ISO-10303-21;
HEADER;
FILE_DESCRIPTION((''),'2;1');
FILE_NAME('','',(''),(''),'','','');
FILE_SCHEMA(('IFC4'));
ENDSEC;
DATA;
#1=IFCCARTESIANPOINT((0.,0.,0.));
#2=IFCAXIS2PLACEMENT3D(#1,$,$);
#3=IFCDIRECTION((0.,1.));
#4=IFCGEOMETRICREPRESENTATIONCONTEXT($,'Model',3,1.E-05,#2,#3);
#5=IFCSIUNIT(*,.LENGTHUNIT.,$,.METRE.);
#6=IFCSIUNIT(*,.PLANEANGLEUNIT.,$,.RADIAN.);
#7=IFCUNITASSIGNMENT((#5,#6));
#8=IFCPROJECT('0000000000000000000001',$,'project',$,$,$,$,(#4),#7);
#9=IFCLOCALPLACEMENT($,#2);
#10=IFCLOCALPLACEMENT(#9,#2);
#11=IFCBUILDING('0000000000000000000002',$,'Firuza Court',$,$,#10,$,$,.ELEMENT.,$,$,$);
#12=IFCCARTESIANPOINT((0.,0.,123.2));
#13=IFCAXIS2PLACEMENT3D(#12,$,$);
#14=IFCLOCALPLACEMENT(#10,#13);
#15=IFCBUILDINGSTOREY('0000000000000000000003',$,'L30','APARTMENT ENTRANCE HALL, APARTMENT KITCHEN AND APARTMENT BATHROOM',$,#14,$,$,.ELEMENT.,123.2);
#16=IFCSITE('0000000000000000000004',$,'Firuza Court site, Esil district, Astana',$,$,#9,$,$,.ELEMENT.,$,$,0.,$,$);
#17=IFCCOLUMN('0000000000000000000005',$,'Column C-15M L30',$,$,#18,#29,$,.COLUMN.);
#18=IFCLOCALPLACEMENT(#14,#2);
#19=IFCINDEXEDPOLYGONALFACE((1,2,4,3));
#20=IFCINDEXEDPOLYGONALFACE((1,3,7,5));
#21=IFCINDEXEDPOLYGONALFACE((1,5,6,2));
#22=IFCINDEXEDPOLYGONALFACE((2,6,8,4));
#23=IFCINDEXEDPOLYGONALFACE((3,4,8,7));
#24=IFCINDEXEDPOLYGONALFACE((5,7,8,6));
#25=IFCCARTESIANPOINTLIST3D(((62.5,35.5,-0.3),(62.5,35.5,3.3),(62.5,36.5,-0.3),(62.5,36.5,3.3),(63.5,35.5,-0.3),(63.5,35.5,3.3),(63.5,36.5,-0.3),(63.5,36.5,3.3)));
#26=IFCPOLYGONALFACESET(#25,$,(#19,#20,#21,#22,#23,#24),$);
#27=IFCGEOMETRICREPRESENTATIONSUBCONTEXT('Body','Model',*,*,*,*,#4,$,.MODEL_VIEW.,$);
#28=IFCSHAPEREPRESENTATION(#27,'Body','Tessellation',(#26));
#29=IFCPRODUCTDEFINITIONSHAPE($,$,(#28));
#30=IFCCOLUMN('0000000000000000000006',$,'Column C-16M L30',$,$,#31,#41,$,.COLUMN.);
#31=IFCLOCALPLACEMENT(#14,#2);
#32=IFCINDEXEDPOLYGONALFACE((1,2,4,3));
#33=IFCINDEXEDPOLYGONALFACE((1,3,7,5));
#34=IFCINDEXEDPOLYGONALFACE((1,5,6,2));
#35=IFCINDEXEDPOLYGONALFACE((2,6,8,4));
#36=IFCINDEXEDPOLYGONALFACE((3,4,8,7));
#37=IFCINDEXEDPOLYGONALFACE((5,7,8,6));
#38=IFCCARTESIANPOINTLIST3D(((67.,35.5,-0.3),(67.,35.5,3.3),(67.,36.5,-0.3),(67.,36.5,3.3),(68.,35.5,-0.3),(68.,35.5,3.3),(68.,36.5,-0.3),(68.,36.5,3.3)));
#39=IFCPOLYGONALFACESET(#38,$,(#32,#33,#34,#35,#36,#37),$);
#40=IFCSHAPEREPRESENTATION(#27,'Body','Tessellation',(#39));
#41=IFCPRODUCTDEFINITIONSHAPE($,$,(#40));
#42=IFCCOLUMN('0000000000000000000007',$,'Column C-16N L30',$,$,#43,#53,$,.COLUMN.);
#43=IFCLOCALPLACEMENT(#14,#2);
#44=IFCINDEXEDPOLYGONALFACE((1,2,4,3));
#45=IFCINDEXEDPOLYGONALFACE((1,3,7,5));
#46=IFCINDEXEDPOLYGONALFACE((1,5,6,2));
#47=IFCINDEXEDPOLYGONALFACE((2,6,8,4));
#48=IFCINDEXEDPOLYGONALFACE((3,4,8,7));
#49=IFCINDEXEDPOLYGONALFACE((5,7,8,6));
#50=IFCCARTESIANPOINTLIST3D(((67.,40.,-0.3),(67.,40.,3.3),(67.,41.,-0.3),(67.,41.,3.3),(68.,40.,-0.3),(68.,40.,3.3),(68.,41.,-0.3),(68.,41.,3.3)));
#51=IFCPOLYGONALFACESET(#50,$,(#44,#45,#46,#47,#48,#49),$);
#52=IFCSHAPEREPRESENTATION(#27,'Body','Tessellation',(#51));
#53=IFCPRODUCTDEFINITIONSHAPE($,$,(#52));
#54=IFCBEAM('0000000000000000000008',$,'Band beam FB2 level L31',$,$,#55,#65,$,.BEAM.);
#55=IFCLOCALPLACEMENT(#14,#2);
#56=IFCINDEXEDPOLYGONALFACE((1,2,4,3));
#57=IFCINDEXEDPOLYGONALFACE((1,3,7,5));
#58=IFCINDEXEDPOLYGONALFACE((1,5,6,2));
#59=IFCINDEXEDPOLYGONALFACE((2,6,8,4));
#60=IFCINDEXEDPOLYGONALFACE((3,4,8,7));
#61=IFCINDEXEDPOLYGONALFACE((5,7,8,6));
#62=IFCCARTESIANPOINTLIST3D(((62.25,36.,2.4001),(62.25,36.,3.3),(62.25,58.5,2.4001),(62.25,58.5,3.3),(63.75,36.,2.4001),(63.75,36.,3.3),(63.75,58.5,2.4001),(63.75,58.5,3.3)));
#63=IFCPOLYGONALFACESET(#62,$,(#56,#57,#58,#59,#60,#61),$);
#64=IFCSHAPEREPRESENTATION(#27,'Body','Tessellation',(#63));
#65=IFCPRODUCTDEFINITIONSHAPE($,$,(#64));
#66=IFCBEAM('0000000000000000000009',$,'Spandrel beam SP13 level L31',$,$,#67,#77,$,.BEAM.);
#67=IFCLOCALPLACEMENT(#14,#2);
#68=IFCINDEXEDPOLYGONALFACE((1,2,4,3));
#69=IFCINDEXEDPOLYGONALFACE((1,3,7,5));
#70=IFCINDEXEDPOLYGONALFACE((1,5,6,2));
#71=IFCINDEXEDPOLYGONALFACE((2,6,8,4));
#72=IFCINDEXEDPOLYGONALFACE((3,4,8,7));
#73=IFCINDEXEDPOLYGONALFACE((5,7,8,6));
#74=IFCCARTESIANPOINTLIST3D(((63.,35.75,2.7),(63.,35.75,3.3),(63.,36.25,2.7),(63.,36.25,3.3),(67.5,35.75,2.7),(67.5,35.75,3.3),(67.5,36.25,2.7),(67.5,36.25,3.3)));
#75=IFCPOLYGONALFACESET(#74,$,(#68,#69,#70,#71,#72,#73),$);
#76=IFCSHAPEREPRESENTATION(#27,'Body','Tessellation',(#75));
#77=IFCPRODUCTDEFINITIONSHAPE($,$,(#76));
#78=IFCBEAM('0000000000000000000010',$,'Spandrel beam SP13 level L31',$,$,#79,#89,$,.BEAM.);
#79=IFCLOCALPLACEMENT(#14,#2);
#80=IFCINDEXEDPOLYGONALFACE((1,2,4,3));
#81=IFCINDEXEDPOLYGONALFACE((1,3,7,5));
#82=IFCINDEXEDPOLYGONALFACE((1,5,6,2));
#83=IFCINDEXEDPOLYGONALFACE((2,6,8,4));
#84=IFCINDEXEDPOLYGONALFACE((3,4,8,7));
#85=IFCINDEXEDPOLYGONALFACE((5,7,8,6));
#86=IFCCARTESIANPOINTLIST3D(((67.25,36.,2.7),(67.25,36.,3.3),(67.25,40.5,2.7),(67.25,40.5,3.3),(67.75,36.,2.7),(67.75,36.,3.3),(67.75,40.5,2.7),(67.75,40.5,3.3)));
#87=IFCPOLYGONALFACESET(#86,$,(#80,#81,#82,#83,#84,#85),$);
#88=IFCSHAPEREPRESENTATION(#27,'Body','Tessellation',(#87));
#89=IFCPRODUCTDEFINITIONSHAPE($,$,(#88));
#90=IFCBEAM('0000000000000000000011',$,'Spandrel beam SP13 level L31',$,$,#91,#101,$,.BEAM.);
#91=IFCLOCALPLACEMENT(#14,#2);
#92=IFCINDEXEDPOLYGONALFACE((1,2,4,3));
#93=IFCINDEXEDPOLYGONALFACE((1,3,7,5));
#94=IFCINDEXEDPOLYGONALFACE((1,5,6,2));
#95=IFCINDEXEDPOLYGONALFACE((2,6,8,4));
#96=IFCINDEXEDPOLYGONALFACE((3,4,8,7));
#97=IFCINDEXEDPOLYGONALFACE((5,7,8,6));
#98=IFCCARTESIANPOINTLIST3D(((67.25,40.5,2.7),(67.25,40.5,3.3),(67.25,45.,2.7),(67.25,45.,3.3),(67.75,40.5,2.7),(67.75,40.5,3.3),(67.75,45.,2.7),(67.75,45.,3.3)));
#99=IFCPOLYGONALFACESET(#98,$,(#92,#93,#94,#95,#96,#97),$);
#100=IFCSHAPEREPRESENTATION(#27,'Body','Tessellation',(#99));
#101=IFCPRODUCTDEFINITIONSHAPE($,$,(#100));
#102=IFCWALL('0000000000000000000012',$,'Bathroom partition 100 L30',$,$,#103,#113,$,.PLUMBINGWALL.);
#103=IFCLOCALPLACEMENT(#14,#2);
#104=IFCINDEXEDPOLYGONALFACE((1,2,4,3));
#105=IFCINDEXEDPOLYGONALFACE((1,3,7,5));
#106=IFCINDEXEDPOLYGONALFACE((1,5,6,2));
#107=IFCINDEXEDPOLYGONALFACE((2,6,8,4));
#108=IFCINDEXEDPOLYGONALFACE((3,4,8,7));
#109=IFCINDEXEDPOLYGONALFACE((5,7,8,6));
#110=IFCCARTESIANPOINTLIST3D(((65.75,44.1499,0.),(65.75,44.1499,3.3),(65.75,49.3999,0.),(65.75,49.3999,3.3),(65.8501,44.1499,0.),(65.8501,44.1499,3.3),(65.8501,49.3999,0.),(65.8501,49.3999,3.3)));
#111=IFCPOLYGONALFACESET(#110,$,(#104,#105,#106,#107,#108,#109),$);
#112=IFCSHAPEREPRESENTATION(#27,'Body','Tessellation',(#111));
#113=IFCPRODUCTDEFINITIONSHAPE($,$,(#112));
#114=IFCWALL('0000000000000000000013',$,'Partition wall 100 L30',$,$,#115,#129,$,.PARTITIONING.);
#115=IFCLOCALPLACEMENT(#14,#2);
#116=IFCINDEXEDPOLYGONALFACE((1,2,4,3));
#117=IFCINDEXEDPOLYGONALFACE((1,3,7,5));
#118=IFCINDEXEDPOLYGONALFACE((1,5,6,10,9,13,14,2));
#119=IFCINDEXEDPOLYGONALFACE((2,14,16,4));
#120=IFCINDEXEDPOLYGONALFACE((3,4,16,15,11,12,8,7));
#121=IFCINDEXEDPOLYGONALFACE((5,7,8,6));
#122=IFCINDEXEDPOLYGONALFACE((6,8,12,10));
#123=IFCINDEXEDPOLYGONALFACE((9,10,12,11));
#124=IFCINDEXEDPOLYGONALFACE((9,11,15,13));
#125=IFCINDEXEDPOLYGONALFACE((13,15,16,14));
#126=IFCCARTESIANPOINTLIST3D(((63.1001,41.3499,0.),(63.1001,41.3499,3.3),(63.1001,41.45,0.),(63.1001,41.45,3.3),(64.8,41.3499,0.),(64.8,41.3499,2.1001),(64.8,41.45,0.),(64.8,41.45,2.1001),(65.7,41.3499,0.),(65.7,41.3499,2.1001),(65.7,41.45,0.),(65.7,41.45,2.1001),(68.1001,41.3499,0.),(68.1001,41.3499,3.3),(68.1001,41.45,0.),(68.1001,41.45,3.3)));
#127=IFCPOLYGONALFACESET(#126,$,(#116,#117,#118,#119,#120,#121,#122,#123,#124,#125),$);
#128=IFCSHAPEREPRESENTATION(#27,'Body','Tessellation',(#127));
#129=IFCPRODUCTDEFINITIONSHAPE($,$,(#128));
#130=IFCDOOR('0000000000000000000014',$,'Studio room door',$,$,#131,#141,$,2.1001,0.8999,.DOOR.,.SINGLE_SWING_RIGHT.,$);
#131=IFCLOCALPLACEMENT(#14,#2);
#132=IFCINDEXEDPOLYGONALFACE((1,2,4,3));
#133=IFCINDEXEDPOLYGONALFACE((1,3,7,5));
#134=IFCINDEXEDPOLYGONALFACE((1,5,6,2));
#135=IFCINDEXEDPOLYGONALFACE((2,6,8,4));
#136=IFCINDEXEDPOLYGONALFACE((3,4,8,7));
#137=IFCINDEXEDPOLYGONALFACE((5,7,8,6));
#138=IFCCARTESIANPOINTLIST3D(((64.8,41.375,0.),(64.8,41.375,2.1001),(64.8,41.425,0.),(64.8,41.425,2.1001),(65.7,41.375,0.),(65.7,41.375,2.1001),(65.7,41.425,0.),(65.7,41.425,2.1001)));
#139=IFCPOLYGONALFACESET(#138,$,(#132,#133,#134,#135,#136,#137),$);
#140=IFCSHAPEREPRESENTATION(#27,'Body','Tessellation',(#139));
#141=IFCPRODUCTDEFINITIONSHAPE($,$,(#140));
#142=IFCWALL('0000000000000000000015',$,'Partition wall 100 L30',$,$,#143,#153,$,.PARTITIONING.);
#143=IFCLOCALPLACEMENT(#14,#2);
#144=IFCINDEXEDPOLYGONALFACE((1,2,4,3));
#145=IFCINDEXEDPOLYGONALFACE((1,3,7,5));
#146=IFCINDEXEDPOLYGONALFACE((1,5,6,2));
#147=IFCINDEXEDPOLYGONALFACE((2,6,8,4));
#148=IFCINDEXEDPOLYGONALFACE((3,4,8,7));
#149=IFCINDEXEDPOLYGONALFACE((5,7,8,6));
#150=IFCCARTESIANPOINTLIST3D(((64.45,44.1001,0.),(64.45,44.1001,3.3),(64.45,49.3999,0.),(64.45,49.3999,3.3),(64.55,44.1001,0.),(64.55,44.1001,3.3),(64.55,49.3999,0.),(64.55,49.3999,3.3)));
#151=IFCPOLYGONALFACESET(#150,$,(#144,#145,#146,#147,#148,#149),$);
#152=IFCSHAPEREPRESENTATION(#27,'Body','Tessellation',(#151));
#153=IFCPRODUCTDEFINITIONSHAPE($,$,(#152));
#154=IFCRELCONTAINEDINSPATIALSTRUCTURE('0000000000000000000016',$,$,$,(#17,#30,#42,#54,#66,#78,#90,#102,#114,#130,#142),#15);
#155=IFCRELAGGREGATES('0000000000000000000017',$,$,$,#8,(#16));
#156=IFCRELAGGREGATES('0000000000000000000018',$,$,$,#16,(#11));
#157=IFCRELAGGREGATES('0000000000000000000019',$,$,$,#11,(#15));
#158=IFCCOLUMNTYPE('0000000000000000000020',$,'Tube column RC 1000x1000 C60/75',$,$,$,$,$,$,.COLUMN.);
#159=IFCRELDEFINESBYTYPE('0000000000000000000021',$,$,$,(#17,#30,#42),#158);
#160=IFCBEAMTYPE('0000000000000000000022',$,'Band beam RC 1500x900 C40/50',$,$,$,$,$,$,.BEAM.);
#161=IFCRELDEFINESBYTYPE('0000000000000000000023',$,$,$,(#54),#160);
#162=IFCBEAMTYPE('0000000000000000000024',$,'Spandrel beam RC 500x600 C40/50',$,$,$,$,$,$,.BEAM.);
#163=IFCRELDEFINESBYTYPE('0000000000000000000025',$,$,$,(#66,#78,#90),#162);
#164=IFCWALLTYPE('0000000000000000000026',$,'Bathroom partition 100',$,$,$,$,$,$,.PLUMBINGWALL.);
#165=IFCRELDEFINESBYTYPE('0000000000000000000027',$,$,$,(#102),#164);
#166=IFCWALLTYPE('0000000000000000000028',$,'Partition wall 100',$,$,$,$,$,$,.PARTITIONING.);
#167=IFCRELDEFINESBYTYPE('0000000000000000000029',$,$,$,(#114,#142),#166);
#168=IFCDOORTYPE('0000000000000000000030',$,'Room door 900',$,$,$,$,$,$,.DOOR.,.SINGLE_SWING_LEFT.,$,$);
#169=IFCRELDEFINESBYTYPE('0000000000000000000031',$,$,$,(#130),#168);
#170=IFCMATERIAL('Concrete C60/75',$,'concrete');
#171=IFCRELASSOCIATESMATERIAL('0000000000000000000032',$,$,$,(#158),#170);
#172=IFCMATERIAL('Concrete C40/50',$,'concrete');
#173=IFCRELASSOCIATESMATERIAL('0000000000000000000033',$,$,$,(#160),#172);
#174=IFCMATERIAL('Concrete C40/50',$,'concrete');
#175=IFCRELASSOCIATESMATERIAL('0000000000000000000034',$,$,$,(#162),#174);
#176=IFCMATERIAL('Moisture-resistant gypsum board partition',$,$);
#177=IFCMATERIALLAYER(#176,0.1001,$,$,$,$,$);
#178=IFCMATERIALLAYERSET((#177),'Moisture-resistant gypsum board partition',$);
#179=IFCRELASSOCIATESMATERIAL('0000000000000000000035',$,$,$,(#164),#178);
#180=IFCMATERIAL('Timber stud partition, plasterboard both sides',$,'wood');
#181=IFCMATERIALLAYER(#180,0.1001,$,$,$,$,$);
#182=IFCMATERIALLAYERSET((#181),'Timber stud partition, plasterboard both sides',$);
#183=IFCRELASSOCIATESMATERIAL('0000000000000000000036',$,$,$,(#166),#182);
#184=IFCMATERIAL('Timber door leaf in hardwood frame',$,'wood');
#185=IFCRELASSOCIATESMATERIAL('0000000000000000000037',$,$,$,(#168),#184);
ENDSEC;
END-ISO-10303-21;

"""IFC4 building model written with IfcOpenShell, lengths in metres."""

from ifc_helpers import new_model, si_unit, direction, frame, frame_2d, origin, origin_2d, place, context, subcontext, project, spatial, rectangle, extrude, material, layer, layer_set, material_profile, profile_set, type_object, element, fill, save


model = new_model("IFC4")

# Units and contexts
model_context = context("Model", 3, precision=1e-05, world=origin(), true_north=direction((0.0, 1.0)))
body_context = subcontext(model_context, "Body", "Model", "MODEL_VIEW")
ifc_project = project(units=[si_unit("LENGTHUNIT", "METRE"), si_unit("PLANEANGLEUNIT", "RADIAN")], contexts=[model_context])

# Site, building, storey
site_placement = place(None, origin())
site = spatial("IfcSite", under=ifc_project, at=site_placement, Name="Firuza Court site, Esil district, Astana", CompositionType="ELEMENT", RefElevation=0.0)
building_placement = place(site_placement, origin())
building = spatial("IfcBuilding", under=site, at=building_placement, Name="Firuza Court", CompositionType="ELEMENT")
storey_placement = place(building_placement, frame((0.0, 0.0, 123.2)))
storey = spatial("IfcBuildingStorey", under=building, at=storey_placement, Name="L30", Description="APARTMENT ENTRANCE HALL, APARTMENT KITCHEN AND APARTMENT BATHROOM", CompositionType="ELEMENT", Elevation=123.2)

# Columns
ifc_material_1 = material(Name="Concrete C60/75", Category="concrete")
ifc_material_profile_1 = material_profile(ifc_material_1, rectangle(XDim=1.0, YDim=1.0, at=origin_2d()), Name="RC 1000x1000")
ifc_profile_set_1 = profile_set([ifc_material_profile_1], Name="Concrete C60/75")
column_type = type_object("IfcColumnType", Name="Tube column RC 1000x1000 C60/75", PredefinedType="COLUMN", material=ifc_profile_set_1)
for number, where, z_axis, x_axis, name in (
    (1, (63.0, 36.0, -0.3), (0.0, 0.0, 1.0), (1.0, 0.0, 0.0), "Column C-15M L30"),
    (2, (67.5, 36.0, -0.3), (0.0, 0.0, 1.0), (1.0, 0.0, 0.0), "Column C-16M L30"),
    (3, (67.5, 40.5, -0.3), (0.0, 0.0, 1.0), (1.0, 0.0, 0.0), "Column C-16N L30"),
):
    element("IfcColumn", number, at=place(storey_placement, frame(where, z_axis=z_axis, x_axis=x_axis)), inside=storey, type_object=column_type, Name=name, PredefinedType="COLUMN", context=body_context, shape_type="SweptSolid", body=[
        extrude(rectangle(XDim=1.0, YDim=1.0, at=origin_2d()), origin(), (0.0, 0.0, 1.0), 3.6001),
    ])

# Beams
ifc_material_2 = material(Name="Concrete C40/50", Category="concrete")
ifc_material_profile_2 = material_profile(ifc_material_2, rectangle(XDim=1.5, YDim=0.8999, at=origin_2d()), Name="RC 1500x900")
ifc_profile_set_2 = profile_set([ifc_material_profile_2], Name="Concrete C40/50")
beam_type_1 = type_object("IfcBeamType", Name="Band beam RC 1500x900 C40/50", PredefinedType="BEAM", material=ifc_profile_set_2)
beam_placement = place(storey_placement, frame((63.0, 36.0, 2.8501), z_axis=(0.0, 1.0, 0.0), x_axis=(-1.0, 0.0, 0.0)))
element("IfcBeam", 4, at=beam_placement, inside=storey, type_object=beam_type_1, Name="Band beam FB2 level L31", PredefinedType="BEAM", context=body_context, shape_type="SweptSolid", body=[
    extrude(rectangle(XDim=1.5, YDim=0.8999, at=origin_2d()), origin(), (0.0, 0.0, 1.0), 22.5),
])
ifc_material_3 = material(Name="Concrete C40/50", Category="concrete")
ifc_material_profile_3 = material_profile(ifc_material_3, rectangle(XDim=0.5, YDim=0.6001, at=origin_2d()), Name="RC 500x600")
ifc_profile_set_3 = profile_set([ifc_material_profile_3], Name="Concrete C40/50")
beam_type_2 = type_object("IfcBeamType", Name="Spandrel beam RC 500x600 C40/50", PredefinedType="BEAM", material=ifc_profile_set_3)
for number, where, z_axis, x_axis, name in (
    (5, (63.0, 36.0, 3.0), (1.0, 0.0, 0.0), (0.0, 1.0, 0.0), "Spandrel beam SP13 level L31"),
    (6, (67.5, 36.0, 3.0), (0.0, 1.0, 0.0), (-1.0, 0.0, 0.0), "Spandrel beam SP13 level L31"),
    (7, (67.5, 40.5, 3.0), (0.0, 1.0, 0.0), (-1.0, 0.0, 0.0), "Spandrel beam SP13 level L31"),
):
    element("IfcBeam", number, at=place(storey_placement, frame(where, z_axis=z_axis, x_axis=x_axis)), inside=storey, type_object=beam_type_2, Name=name, PredefinedType="BEAM", context=body_context, shape_type="SweptSolid", body=[
        extrude(rectangle(XDim=0.5, YDim=0.6001, at=origin_2d()), origin(), (0.0, 0.0, 1.0), 4.5),
    ])

# Wall
ifc_material_4 = material(Name="Moisture-resistant gypsum board partition")
ifc_layer_1 = layer(ifc_material_4, 0.1001)
ifc_layer_set_1 = layer_set([ifc_layer_1], Name="Moisture-resistant gypsum board partition")
wall_type_1 = type_object("IfcWallType", Name="Bathroom partition 100", PredefinedType="PLUMBINGWALL", material=ifc_layer_set_1)
wall_1_placement = place(storey_placement, frame((65.8, 44.1499, 0.0), z_axis=(0.0, 0.0, 1.0), x_axis=(0.0, 1.0, 0.0)))
element("IfcWall", 8, at=wall_1_placement, inside=storey, type_object=wall_type_1, Name="Bathroom partition 100 L30", PredefinedType="PLUMBINGWALL", context=body_context, shape_type="SweptSolid", body=[
    extrude(rectangle(XDim=5.25, YDim=0.1001, at=frame_2d((2.625, 0.0))), origin(), (0.0, 0.0, 1.0), 3.3),
])

# Wall, opening, door
ifc_material_5 = material(Name="Timber stud partition, plasterboard both sides", Category="wood")
ifc_layer_2 = layer(ifc_material_5, 0.1001)
ifc_layer_set_2 = layer_set([ifc_layer_2], Name="Timber stud partition, plasterboard both sides")
wall_type_2 = type_object("IfcWallType", Name="Partition wall 100", PredefinedType="PARTITIONING", material=ifc_layer_set_2)
wall_2_placement = place(storey_placement, frame((63.1001, 41.3999, 0.0), z_axis=(0.0, 0.0, 1.0), x_axis=(1.0, 0.0, 0.0)))
wall_2 = element("IfcWall", 9, at=wall_2_placement, inside=storey, type_object=wall_type_2, Name="Partition wall 100 L30", PredefinedType="PARTITIONING", context=body_context, shape_type="SweptSolid", body=[
    extrude(rectangle(XDim=5.0, YDim=0.1001, at=frame_2d((2.5, 0.0))), origin(), (0.0, 0.0, 1.0), 3.3),
])
opening_1_placement = place(wall_2_placement, frame((1.7, 0.0, 0.0)))
opening_1 = element("IfcOpeningElement", 10, at=opening_1_placement, cuts=wall_2, PredefinedType="OPENING", context=body_context, shape_type="SweptSolid", body=[
    extrude(rectangle(XDim=0.8999, YDim=2.1001, at=frame_2d((0.45, 1.05))), frame((0.0, 0.062, 0.0), z_axis=(0.0, -1.0, 0.0), x_axis=(1.0, 0.0, 0.0)), (0.0, 0.0, 1.0), 0.124),
])
ifc_material_6 = material(Name="Timber door leaf in hardwood frame", Category="wood")
door_type_1 = type_object("IfcDoorType", Name="Room door 900", OperationType="SINGLE_SWING_LEFT", PredefinedType="DOOR", material=ifc_material_6)
door_1_placement = place(opening_1_placement, frame((0.8999, 0.0, 0.0), z_axis=(0.0, 0.0, 1.0), x_axis=(-1.0, 0.0, 0.0)))
door_1 = element("IfcDoor", 11, at=door_1_placement, inside=storey, type_object=door_type_1, Name="Studio room door", OperationType="SINGLE_SWING_RIGHT", OverallHeight=2.1001, OverallWidth=0.8999, PredefinedType="DOOR", context=body_context, shape_type="SweptSolid", body=[
    extrude(rectangle(XDim=0.8999, YDim=2.1001, at=frame_2d((0.45, 1.05))), frame((0.0, 0.0249, 0.0), z_axis=(0.0, -1.0, 0.0), x_axis=(1.0, 0.0, 0.0)), (0.0, 0.0, 1.0), 0.05),
])
fill(opening_1, door_1)

# Wall
wall_3_placement = place(storey_placement, frame((64.5, 44.1001, 0.0), z_axis=(0.0, 0.0, 1.0), x_axis=(0.0, 1.0, 0.0)))
element("IfcWall", 12, at=wall_3_placement, inside=storey, type_object=wall_type_2, Name="Partition wall 100 L30", PredefinedType="PARTITIONING", context=body_context, shape_type="SweptSolid", body=[
    extrude(rectangle(XDim=5.2998, YDim=0.1001, at=frame_2d((2.6499, 0.0))), origin(), (0.0, 0.0, 1.0), 3.3),
])

save(model, "model.ifc")
